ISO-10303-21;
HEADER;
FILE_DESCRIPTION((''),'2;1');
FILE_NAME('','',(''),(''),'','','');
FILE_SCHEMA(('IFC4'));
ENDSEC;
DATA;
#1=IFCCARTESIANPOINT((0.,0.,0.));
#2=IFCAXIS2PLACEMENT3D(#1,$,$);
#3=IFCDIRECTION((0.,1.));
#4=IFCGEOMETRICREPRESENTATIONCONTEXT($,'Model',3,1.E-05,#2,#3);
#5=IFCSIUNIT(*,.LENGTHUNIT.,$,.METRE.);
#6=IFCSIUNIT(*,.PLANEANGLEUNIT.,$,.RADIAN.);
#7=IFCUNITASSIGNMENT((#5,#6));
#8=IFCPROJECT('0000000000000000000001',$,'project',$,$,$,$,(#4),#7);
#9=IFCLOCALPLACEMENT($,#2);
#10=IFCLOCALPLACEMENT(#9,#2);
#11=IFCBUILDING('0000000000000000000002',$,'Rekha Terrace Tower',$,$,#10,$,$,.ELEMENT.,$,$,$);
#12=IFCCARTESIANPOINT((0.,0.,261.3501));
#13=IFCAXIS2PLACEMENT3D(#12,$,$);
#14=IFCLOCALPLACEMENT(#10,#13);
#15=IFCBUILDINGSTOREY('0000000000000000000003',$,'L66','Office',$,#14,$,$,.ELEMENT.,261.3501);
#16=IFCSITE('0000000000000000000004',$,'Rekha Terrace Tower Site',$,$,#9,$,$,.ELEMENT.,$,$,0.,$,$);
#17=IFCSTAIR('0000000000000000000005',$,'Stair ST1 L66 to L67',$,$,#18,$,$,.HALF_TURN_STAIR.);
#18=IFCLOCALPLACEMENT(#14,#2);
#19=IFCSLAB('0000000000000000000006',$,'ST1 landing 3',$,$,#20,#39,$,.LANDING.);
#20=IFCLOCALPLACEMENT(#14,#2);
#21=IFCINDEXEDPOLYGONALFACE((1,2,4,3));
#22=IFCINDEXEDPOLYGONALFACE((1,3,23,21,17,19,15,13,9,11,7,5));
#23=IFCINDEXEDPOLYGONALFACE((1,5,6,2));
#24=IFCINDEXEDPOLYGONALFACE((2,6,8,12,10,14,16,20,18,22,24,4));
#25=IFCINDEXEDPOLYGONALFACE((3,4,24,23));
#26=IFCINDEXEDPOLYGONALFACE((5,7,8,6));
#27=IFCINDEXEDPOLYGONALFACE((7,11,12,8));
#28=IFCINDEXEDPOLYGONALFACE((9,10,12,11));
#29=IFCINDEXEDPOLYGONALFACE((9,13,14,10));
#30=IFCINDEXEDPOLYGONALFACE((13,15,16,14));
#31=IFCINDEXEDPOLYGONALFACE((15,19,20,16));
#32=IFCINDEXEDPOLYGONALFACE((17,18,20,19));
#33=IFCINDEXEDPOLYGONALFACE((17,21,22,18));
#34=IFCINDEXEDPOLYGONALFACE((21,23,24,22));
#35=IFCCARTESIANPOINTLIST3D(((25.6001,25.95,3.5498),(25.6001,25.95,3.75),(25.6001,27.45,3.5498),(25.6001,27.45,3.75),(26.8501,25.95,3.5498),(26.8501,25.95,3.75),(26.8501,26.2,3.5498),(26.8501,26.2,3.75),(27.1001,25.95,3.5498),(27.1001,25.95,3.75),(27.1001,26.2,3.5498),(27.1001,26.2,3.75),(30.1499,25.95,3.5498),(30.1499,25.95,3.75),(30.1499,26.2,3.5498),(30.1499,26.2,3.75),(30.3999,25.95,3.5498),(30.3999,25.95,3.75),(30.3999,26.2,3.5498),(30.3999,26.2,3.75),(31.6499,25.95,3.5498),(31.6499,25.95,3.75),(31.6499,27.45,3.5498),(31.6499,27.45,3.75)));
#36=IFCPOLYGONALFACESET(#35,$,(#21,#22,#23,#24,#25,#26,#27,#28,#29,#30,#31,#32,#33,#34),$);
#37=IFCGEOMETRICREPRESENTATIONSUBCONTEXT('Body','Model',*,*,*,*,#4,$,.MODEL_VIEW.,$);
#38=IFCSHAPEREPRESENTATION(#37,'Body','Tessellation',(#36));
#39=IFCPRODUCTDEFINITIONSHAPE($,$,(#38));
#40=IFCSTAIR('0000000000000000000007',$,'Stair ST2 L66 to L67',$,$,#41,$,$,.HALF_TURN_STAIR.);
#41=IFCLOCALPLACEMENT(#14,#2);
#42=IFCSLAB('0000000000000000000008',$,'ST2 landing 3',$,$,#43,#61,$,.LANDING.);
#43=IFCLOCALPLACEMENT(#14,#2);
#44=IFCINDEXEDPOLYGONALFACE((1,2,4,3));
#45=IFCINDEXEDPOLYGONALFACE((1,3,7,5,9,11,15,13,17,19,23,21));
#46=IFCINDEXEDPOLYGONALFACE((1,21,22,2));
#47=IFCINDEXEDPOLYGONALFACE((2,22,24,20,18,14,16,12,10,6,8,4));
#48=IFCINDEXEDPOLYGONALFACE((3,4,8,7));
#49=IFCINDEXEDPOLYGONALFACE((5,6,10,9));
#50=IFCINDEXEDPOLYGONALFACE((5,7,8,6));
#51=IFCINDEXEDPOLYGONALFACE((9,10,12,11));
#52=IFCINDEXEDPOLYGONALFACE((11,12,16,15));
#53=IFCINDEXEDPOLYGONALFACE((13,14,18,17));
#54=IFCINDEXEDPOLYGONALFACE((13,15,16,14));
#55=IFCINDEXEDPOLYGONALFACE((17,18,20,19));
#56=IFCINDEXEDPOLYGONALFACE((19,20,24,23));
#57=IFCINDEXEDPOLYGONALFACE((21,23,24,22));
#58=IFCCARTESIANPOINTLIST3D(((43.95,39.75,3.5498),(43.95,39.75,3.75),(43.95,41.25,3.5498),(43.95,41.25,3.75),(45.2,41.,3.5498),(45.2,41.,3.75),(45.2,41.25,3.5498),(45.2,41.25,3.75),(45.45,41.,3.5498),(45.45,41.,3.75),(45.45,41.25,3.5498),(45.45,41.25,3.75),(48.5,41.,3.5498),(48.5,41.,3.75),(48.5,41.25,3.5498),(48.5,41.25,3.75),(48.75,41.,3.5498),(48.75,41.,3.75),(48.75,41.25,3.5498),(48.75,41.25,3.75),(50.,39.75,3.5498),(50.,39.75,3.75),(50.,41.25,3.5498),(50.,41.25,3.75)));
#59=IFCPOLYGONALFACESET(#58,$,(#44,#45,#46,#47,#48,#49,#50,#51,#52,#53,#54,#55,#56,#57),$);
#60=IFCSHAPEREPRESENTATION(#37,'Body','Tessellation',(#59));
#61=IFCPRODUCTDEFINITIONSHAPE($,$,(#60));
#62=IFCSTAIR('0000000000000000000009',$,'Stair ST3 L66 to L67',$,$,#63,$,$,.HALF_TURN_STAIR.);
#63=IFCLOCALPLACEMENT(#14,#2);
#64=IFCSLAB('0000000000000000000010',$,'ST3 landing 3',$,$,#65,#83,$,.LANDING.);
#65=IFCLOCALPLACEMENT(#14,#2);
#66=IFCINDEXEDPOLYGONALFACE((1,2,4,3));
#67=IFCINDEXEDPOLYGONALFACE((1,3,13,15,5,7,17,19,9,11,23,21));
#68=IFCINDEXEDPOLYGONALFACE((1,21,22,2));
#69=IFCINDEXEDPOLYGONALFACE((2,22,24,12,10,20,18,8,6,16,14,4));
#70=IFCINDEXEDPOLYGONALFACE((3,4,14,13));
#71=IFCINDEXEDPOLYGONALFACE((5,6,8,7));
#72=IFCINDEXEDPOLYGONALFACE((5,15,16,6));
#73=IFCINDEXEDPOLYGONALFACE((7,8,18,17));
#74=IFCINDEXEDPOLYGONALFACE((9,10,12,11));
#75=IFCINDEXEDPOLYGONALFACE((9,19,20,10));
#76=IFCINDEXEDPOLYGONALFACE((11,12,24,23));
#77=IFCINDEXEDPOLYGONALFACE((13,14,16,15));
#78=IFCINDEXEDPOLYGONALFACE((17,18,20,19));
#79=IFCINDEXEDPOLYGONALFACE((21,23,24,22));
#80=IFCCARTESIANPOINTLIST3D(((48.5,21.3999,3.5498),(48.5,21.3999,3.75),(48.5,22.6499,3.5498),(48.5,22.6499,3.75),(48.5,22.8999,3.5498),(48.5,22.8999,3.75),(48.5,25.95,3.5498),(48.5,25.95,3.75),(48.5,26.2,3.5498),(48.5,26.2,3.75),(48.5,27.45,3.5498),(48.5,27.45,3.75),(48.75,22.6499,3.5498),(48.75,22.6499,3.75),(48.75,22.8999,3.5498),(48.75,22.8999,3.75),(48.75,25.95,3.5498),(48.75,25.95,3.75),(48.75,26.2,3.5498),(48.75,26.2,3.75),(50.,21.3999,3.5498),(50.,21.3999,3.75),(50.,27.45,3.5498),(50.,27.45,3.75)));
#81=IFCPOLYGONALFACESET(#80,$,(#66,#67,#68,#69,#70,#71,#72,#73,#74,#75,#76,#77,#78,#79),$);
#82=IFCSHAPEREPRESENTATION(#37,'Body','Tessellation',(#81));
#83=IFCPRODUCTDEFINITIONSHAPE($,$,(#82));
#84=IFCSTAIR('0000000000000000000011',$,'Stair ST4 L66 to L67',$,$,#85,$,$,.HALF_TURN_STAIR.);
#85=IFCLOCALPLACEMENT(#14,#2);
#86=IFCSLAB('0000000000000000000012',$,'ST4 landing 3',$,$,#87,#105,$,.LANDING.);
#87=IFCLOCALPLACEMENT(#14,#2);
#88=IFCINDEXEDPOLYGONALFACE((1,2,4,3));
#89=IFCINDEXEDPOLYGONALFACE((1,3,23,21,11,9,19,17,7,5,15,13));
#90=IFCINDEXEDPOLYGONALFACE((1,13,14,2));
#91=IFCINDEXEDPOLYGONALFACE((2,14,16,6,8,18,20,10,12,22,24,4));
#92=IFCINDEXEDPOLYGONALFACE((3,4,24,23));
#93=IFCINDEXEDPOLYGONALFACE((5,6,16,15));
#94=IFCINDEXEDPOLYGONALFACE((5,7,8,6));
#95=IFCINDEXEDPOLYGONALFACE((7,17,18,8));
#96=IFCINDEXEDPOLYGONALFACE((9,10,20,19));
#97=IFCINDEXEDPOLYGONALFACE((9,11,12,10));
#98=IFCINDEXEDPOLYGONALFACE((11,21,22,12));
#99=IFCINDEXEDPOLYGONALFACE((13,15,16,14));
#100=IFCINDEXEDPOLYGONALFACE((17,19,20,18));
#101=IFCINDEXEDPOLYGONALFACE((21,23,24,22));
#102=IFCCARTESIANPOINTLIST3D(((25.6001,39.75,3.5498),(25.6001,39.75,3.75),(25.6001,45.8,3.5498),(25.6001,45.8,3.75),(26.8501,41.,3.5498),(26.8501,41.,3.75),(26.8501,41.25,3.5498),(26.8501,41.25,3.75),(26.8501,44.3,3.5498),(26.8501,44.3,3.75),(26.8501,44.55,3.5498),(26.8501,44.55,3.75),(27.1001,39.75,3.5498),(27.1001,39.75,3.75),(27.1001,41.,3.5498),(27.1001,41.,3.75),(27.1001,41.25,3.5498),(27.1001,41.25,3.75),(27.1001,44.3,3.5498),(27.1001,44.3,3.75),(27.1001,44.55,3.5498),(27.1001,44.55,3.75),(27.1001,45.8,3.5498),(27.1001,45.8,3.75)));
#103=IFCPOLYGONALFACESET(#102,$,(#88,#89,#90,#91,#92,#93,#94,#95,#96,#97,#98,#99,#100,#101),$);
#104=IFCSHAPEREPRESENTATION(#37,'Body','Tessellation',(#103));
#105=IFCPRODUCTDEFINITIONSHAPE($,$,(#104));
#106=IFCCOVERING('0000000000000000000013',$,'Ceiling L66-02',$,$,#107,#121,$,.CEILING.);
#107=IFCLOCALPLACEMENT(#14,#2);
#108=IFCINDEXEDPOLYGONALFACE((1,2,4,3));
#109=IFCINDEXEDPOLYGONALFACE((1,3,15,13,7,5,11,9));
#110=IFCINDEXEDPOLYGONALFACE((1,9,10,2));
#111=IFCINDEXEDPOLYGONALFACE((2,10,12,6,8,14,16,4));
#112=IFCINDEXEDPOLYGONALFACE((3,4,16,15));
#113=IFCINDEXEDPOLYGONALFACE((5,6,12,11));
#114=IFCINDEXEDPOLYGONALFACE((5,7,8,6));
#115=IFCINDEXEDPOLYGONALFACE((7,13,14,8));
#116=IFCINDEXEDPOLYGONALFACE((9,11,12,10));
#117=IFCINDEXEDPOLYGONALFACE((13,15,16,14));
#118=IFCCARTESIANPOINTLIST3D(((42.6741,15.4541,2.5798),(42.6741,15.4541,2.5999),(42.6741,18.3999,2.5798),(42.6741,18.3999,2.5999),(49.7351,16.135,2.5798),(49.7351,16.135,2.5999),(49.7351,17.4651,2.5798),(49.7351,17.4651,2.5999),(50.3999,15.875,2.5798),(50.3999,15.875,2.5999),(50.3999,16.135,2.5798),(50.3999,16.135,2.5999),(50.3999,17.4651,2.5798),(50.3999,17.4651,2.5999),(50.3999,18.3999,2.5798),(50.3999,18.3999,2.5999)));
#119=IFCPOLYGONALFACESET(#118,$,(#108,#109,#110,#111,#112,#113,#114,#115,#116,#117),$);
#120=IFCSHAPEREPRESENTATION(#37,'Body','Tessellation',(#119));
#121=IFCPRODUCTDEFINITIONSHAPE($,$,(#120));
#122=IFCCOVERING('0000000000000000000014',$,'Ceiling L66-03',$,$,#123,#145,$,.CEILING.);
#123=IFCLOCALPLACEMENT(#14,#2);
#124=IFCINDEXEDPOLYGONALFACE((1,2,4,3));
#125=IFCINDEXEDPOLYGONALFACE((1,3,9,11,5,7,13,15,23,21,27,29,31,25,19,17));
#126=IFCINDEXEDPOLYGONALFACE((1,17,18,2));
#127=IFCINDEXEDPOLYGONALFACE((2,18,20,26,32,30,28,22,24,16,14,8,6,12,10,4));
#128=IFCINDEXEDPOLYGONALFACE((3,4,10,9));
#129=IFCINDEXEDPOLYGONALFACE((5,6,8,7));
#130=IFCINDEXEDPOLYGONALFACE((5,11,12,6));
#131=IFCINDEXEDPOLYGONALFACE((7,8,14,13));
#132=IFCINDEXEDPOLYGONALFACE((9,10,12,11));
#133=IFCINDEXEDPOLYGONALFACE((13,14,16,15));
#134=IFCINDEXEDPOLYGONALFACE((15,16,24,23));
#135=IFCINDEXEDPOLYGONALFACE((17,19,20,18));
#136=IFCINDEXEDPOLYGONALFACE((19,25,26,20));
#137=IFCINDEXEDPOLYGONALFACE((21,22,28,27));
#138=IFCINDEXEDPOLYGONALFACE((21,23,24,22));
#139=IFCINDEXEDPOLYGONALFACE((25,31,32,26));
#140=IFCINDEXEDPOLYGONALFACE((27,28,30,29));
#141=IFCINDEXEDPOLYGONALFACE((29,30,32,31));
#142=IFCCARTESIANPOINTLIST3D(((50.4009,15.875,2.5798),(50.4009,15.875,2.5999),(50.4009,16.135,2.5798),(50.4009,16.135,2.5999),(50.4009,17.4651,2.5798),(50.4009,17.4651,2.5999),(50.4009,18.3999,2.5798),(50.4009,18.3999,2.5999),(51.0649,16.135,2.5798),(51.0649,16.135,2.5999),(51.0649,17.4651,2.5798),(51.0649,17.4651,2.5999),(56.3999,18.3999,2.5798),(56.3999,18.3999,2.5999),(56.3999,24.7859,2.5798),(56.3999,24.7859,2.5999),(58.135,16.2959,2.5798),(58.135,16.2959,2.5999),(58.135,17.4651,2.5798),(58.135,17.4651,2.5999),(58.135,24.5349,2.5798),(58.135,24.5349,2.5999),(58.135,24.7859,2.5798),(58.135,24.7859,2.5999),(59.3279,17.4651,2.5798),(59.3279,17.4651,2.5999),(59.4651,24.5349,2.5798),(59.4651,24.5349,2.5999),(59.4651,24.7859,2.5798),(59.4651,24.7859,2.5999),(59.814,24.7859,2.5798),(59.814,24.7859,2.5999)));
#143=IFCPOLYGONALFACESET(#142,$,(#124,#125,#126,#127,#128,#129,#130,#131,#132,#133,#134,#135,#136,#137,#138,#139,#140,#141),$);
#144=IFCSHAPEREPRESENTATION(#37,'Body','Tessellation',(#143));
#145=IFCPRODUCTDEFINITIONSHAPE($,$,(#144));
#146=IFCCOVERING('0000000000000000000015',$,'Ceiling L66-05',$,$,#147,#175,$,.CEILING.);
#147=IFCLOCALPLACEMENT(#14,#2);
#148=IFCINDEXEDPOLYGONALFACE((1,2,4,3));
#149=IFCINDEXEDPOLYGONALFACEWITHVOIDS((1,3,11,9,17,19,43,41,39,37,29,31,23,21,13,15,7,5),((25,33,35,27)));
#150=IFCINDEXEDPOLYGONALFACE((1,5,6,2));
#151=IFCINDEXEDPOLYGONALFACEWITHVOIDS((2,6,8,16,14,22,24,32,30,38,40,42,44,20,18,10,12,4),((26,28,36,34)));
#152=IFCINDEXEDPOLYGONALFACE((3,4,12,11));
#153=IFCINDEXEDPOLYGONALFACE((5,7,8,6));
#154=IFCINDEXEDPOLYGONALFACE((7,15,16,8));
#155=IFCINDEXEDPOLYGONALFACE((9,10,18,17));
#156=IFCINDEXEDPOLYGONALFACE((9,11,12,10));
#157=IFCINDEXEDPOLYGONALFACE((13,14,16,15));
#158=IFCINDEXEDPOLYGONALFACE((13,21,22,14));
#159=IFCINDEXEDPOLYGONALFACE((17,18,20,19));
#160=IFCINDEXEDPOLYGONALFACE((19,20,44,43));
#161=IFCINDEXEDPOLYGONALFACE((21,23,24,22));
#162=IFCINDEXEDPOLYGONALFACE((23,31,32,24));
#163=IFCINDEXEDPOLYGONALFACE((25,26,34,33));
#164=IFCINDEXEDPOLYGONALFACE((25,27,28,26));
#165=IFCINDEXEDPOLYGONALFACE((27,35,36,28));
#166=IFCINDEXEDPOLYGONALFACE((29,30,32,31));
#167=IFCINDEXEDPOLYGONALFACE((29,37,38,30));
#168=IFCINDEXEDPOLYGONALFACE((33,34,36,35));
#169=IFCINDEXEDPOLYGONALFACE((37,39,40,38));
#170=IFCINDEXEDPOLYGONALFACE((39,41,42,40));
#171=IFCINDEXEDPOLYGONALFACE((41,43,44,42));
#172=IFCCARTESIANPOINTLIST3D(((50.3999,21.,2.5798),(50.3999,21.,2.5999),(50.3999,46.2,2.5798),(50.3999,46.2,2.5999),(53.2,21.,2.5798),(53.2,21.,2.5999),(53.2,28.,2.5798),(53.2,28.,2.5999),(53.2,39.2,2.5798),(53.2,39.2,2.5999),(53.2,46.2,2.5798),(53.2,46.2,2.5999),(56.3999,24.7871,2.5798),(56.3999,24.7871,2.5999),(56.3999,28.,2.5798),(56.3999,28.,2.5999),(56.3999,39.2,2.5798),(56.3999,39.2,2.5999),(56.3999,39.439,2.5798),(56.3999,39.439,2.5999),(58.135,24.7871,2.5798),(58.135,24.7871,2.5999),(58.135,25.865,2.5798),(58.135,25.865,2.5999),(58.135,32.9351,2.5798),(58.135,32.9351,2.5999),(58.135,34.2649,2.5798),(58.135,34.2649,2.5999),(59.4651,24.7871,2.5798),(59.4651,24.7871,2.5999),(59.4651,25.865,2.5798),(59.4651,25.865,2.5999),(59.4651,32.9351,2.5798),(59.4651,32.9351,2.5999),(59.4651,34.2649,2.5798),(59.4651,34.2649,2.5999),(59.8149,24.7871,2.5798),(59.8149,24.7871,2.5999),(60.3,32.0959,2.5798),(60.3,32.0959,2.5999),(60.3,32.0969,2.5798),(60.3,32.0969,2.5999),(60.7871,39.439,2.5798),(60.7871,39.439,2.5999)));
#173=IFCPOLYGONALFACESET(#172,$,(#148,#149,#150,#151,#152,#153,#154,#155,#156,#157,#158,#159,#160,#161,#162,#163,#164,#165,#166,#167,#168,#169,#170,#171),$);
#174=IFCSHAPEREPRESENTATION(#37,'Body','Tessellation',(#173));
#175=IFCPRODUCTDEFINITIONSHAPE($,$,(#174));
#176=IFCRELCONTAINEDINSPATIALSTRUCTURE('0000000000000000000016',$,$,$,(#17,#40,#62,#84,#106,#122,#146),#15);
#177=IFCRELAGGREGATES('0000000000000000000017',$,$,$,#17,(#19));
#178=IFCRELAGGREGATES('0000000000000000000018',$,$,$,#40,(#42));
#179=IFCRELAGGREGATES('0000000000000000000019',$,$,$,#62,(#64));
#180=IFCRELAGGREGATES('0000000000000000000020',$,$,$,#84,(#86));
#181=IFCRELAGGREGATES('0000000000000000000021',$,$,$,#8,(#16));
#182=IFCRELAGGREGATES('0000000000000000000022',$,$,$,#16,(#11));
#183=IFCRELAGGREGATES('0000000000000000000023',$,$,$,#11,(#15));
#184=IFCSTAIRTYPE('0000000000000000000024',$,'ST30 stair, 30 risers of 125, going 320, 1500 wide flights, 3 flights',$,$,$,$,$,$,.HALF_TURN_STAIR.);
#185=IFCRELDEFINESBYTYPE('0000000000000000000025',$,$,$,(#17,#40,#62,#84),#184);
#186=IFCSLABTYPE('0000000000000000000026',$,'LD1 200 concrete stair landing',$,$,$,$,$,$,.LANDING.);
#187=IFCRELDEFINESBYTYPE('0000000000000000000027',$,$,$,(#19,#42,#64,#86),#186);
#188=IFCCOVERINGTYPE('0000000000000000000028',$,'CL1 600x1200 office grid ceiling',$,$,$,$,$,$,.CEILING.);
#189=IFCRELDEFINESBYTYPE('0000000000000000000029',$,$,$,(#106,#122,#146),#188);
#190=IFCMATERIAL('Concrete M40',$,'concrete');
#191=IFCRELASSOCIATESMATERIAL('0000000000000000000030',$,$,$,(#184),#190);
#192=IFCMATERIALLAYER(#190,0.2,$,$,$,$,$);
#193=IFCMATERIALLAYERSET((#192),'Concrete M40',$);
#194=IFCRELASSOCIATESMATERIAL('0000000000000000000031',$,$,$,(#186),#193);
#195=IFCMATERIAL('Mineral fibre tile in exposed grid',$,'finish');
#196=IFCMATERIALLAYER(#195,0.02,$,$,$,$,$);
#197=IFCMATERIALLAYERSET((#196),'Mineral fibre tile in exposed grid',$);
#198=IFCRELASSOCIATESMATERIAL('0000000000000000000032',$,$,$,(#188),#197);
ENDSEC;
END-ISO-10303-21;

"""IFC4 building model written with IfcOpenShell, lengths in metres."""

from ifc_helpers import new_model, si_unit, direction, frame, origin, place, context, subcontext, project, spatial, polyline, outline, extrude, material, layer, layer_set, type_object, element, aggregate, save


model = new_model("IFC4")

# Units and contexts
model_context = context("Model", 3, precision=1e-05, world=origin(), true_north=direction((0.0, 1.0)))
body_context = subcontext(model_context, "Body", "Model", "MODEL_VIEW")
ifc_project = project(units=[si_unit("LENGTHUNIT", "METRE"), si_unit("PLANEANGLEUNIT", "RADIAN")], contexts=[model_context])

# Site, building, storey
site_placement = place(None, origin())
site = spatial("IfcSite", under=ifc_project, at=site_placement, Name="Rekha Terrace Tower Site", CompositionType="ELEMENT", RefElevation=0.0)
building_placement = place(site_placement, origin())
building = spatial("IfcBuilding", under=site, at=building_placement, Name="Rekha Terrace Tower", CompositionType="ELEMENT")
storey_placement = place(building_placement, frame((0.0, 0.0, 261.3501)))
storey = spatial("IfcBuildingStorey", under=building, at=storey_placement, Name="L66", Description="Office", CompositionType="ELEMENT", Elevation=261.3501)

# Stairs, slabs
ifc_material_1 = material(Name="Concrete M40", Category="concrete")
stair_type = type_object("IfcStairType", Name="ST30 stair, 30 risers of 125, going 320, 1500 wide flights, 3 flights", PredefinedType="HALF_TURN_STAIR", material=ifc_material_1)
stair_1_placement = place(storey_placement, origin())
stair_1 = element("IfcStair", 1, at=stair_1_placement, inside=storey, type_object=stair_type, Name="Stair ST1 L66 to L67", PredefinedType="HALF_TURN_STAIR")
ifc_layer_1 = layer(ifc_material_1, 0.2)
ifc_layer_set_1 = layer_set([ifc_layer_1], Name="Concrete M40")
slab_type = type_object("IfcSlabType", Name="LD1 200 concrete stair landing", PredefinedType="LANDING", material=ifc_layer_set_1)
slab_1_placement = place(storey_placement, frame((0.0, 0.0, 3.5498)))
slab_1 = element("IfcSlab", 2, at=slab_1_placement, type_object=slab_type, Name="ST1 landing 3", PredefinedType="LANDING", context=body_context, shape_type="SweptSolid", body=[
    extrude(outline(polyline([(31.6499, 25.95), (31.6499, 27.45), (25.6001, 27.45), (25.6001, 25.95), (26.8501, 25.95), (26.8501, 26.2), (27.1001, 26.2), (27.1001, 25.95), (30.1499, 25.95), (30.1499, 26.2), (30.3999, 26.2), (30.3999, 25.95), (31.6499, 25.95)])), origin(), (0.0, 0.0, 1.0), 0.2002),
])
aggregate(stair_1, [slab_1])
stair_2_placement = place(storey_placement, origin())
stair_2 = element("IfcStair", 3, at=stair_2_placement, inside=storey, type_object=stair_type, Name="Stair ST2 L66 to L67", PredefinedType="HALF_TURN_STAIR")
slab_2_placement = place(storey_placement, frame((0.0, 0.0, 3.5498)))
slab_2 = element("IfcSlab", 4, at=slab_2_placement, type_object=slab_type, Name="ST2 landing 3", PredefinedType="LANDING", context=body_context, shape_type="SweptSolid", body=[
    extrude(outline(polyline([(43.95, 41.25), (43.95, 39.75), (50.0, 39.75), (50.0, 41.25), (48.75, 41.25), (48.75, 41.0), (48.5, 41.0), (48.5, 41.25), (45.45, 41.25), (45.45, 41.0), (45.2, 41.0), (45.2, 41.25), (43.95, 41.25)])), origin(), (0.0, 0.0, 1.0), 0.2002),
])
aggregate(stair_2, [slab_2])
stair_3_placement = place(storey_placement, origin())
stair_3 = element("IfcStair", 5, at=stair_3_placement, inside=storey, type_object=stair_type, Name="Stair ST3 L66 to L67", PredefinedType="HALF_TURN_STAIR")
slab_3_placement = place(storey_placement, frame((0.0, 0.0, 3.5498)))
slab_3 = element("IfcSlab", 6, at=slab_3_placement, type_object=slab_type, Name="ST3 landing 3", PredefinedType="LANDING", context=body_context, shape_type="SweptSolid", body=[
    extrude(outline(polyline([(48.5, 21.3999), (50.0, 21.3999), (50.0, 27.45), (48.5, 27.45), (48.5, 26.2), (48.75, 26.2), (48.75, 25.95), (48.5, 25.95), (48.5, 22.8999), (48.75, 22.8999), (48.75, 22.6499), (48.5, 22.6499), (48.5, 21.3999)])), origin(), (0.0, 0.0, 1.0), 0.2002),
])
aggregate(stair_3, [slab_3])
stair_4_placement = place(storey_placement, origin())
stair_4 = element("IfcStair", 7, at=stair_4_placement, inside=storey, type_object=stair_type, Name="Stair ST4 L66 to L67", PredefinedType="HALF_TURN_STAIR")
slab_4_placement = place(storey_placement, frame((0.0, 0.0, 3.5498)))
slab_4 = element("IfcSlab", 8, at=slab_4_placement, type_object=slab_type, Name="ST4 landing 3", PredefinedType="LANDING", context=body_context, shape_type="SweptSolid", body=[
    extrude(outline(polyline([(27.1001, 39.75), (25.6001, 39.75), (25.6001, 45.8), (27.1001, 45.8), (27.1001, 44.55), (26.8501, 44.55), (26.8501, 44.3), (27.1001, 44.3), (27.1001, 41.25), (26.8501, 41.25), (26.8501, 41.0), (27.1001, 41.0), (27.1001, 39.75)])), origin(), (0.0, 0.0, 1.0), 0.2002),
])
aggregate(stair_4, [slab_4])

# Coverings
ifc_material_2 = material(Name="Mineral fibre tile in exposed grid", Category="finish")
ifc_layer_2 = layer(ifc_material_2, 0.02)
ifc_layer_set_2 = layer_set([ifc_layer_2], Name="Mineral fibre tile in exposed grid")
covering_type_1 = type_object("IfcCoveringType", Name="CL1 600x1200 office grid ceiling", PredefinedType="CEILING", material=ifc_layer_set_2)
covering_1_placement = place(storey_placement, frame((0.0, 0.0, 2.5798)))
element("IfcCovering", 9, at=covering_1_placement, inside=storey, type_object=covering_type_1, Name="Ceiling L66-02", PredefinedType="CEILING", context=body_context, shape_type="SweptSolid", body=[
    extrude(outline(polyline([(49.7351, 17.4651), (50.3999, 17.4651), (50.3999, 18.3999), (42.6741, 18.3999), (42.6741, 15.4541), (50.3999, 15.875), (50.3999, 16.135), (49.7351, 16.135), (49.7351, 17.4651)])), origin(), (0.0, 0.0, 1.0), 0.02),
])
covering_2_placement = place(storey_placement, frame((0.0, 0.0, 2.5798)))
element("IfcCovering", 10, at=covering_2_placement, inside=storey, type_object=covering_type_1, Name="Ceiling L66-03", PredefinedType="CEILING", context=body_context, shape_type="SweptSolid", body=[
    extrude(outline(polyline([(58.135, 24.5349), (58.135, 24.7859), (56.3999, 24.7859), (56.3999, 18.3999), (50.4009, 18.3999), (50.4009, 17.4651), (51.0649, 17.4651), (51.0649, 16.135), (50.4009, 16.135), (50.4009, 15.875), (58.135, 16.2959), (58.135, 17.4651), (59.3279, 17.4651), (59.814, 24.7859), (59.4651, 24.7859), (59.4651, 24.5349), (58.135, 24.5349)])), origin(), (0.0, 0.0, 1.0), 0.02),
])
covering_3_placement = place(storey_placement, frame((0.0, 0.0, 2.5798)))
element("IfcCovering", 11, at=covering_3_placement, inside=storey, type_object=covering_type_1, Name="Ceiling L66-05", PredefinedType="CEILING", context=body_context, shape_type="SweptSolid", body=[
    extrude(outline(polyline([(59.4651, 25.865), (59.4651, 24.7871), (59.8149, 24.7871), (60.3, 32.0959), (60.3, 32.0969), (60.7871, 39.439), (56.3999, 39.439), (56.3999, 39.2), (53.2, 39.2), (53.2, 46.2), (50.3999, 46.2), (50.3999, 21.0), (53.2, 21.0), (53.2, 28.0), (56.3999, 28.0), (56.3999, 24.7871), (58.135, 24.7871), (58.135, 25.865), (59.4651, 25.865)]), holes=[polyline([(59.4651, 34.2649), (59.4651, 32.9351), (58.135, 32.9351), (58.135, 34.2649), (59.4651, 34.2649)])]), origin(), (0.0, 0.0, 1.0), 0.02),
])

save(model, "model.ifc")
